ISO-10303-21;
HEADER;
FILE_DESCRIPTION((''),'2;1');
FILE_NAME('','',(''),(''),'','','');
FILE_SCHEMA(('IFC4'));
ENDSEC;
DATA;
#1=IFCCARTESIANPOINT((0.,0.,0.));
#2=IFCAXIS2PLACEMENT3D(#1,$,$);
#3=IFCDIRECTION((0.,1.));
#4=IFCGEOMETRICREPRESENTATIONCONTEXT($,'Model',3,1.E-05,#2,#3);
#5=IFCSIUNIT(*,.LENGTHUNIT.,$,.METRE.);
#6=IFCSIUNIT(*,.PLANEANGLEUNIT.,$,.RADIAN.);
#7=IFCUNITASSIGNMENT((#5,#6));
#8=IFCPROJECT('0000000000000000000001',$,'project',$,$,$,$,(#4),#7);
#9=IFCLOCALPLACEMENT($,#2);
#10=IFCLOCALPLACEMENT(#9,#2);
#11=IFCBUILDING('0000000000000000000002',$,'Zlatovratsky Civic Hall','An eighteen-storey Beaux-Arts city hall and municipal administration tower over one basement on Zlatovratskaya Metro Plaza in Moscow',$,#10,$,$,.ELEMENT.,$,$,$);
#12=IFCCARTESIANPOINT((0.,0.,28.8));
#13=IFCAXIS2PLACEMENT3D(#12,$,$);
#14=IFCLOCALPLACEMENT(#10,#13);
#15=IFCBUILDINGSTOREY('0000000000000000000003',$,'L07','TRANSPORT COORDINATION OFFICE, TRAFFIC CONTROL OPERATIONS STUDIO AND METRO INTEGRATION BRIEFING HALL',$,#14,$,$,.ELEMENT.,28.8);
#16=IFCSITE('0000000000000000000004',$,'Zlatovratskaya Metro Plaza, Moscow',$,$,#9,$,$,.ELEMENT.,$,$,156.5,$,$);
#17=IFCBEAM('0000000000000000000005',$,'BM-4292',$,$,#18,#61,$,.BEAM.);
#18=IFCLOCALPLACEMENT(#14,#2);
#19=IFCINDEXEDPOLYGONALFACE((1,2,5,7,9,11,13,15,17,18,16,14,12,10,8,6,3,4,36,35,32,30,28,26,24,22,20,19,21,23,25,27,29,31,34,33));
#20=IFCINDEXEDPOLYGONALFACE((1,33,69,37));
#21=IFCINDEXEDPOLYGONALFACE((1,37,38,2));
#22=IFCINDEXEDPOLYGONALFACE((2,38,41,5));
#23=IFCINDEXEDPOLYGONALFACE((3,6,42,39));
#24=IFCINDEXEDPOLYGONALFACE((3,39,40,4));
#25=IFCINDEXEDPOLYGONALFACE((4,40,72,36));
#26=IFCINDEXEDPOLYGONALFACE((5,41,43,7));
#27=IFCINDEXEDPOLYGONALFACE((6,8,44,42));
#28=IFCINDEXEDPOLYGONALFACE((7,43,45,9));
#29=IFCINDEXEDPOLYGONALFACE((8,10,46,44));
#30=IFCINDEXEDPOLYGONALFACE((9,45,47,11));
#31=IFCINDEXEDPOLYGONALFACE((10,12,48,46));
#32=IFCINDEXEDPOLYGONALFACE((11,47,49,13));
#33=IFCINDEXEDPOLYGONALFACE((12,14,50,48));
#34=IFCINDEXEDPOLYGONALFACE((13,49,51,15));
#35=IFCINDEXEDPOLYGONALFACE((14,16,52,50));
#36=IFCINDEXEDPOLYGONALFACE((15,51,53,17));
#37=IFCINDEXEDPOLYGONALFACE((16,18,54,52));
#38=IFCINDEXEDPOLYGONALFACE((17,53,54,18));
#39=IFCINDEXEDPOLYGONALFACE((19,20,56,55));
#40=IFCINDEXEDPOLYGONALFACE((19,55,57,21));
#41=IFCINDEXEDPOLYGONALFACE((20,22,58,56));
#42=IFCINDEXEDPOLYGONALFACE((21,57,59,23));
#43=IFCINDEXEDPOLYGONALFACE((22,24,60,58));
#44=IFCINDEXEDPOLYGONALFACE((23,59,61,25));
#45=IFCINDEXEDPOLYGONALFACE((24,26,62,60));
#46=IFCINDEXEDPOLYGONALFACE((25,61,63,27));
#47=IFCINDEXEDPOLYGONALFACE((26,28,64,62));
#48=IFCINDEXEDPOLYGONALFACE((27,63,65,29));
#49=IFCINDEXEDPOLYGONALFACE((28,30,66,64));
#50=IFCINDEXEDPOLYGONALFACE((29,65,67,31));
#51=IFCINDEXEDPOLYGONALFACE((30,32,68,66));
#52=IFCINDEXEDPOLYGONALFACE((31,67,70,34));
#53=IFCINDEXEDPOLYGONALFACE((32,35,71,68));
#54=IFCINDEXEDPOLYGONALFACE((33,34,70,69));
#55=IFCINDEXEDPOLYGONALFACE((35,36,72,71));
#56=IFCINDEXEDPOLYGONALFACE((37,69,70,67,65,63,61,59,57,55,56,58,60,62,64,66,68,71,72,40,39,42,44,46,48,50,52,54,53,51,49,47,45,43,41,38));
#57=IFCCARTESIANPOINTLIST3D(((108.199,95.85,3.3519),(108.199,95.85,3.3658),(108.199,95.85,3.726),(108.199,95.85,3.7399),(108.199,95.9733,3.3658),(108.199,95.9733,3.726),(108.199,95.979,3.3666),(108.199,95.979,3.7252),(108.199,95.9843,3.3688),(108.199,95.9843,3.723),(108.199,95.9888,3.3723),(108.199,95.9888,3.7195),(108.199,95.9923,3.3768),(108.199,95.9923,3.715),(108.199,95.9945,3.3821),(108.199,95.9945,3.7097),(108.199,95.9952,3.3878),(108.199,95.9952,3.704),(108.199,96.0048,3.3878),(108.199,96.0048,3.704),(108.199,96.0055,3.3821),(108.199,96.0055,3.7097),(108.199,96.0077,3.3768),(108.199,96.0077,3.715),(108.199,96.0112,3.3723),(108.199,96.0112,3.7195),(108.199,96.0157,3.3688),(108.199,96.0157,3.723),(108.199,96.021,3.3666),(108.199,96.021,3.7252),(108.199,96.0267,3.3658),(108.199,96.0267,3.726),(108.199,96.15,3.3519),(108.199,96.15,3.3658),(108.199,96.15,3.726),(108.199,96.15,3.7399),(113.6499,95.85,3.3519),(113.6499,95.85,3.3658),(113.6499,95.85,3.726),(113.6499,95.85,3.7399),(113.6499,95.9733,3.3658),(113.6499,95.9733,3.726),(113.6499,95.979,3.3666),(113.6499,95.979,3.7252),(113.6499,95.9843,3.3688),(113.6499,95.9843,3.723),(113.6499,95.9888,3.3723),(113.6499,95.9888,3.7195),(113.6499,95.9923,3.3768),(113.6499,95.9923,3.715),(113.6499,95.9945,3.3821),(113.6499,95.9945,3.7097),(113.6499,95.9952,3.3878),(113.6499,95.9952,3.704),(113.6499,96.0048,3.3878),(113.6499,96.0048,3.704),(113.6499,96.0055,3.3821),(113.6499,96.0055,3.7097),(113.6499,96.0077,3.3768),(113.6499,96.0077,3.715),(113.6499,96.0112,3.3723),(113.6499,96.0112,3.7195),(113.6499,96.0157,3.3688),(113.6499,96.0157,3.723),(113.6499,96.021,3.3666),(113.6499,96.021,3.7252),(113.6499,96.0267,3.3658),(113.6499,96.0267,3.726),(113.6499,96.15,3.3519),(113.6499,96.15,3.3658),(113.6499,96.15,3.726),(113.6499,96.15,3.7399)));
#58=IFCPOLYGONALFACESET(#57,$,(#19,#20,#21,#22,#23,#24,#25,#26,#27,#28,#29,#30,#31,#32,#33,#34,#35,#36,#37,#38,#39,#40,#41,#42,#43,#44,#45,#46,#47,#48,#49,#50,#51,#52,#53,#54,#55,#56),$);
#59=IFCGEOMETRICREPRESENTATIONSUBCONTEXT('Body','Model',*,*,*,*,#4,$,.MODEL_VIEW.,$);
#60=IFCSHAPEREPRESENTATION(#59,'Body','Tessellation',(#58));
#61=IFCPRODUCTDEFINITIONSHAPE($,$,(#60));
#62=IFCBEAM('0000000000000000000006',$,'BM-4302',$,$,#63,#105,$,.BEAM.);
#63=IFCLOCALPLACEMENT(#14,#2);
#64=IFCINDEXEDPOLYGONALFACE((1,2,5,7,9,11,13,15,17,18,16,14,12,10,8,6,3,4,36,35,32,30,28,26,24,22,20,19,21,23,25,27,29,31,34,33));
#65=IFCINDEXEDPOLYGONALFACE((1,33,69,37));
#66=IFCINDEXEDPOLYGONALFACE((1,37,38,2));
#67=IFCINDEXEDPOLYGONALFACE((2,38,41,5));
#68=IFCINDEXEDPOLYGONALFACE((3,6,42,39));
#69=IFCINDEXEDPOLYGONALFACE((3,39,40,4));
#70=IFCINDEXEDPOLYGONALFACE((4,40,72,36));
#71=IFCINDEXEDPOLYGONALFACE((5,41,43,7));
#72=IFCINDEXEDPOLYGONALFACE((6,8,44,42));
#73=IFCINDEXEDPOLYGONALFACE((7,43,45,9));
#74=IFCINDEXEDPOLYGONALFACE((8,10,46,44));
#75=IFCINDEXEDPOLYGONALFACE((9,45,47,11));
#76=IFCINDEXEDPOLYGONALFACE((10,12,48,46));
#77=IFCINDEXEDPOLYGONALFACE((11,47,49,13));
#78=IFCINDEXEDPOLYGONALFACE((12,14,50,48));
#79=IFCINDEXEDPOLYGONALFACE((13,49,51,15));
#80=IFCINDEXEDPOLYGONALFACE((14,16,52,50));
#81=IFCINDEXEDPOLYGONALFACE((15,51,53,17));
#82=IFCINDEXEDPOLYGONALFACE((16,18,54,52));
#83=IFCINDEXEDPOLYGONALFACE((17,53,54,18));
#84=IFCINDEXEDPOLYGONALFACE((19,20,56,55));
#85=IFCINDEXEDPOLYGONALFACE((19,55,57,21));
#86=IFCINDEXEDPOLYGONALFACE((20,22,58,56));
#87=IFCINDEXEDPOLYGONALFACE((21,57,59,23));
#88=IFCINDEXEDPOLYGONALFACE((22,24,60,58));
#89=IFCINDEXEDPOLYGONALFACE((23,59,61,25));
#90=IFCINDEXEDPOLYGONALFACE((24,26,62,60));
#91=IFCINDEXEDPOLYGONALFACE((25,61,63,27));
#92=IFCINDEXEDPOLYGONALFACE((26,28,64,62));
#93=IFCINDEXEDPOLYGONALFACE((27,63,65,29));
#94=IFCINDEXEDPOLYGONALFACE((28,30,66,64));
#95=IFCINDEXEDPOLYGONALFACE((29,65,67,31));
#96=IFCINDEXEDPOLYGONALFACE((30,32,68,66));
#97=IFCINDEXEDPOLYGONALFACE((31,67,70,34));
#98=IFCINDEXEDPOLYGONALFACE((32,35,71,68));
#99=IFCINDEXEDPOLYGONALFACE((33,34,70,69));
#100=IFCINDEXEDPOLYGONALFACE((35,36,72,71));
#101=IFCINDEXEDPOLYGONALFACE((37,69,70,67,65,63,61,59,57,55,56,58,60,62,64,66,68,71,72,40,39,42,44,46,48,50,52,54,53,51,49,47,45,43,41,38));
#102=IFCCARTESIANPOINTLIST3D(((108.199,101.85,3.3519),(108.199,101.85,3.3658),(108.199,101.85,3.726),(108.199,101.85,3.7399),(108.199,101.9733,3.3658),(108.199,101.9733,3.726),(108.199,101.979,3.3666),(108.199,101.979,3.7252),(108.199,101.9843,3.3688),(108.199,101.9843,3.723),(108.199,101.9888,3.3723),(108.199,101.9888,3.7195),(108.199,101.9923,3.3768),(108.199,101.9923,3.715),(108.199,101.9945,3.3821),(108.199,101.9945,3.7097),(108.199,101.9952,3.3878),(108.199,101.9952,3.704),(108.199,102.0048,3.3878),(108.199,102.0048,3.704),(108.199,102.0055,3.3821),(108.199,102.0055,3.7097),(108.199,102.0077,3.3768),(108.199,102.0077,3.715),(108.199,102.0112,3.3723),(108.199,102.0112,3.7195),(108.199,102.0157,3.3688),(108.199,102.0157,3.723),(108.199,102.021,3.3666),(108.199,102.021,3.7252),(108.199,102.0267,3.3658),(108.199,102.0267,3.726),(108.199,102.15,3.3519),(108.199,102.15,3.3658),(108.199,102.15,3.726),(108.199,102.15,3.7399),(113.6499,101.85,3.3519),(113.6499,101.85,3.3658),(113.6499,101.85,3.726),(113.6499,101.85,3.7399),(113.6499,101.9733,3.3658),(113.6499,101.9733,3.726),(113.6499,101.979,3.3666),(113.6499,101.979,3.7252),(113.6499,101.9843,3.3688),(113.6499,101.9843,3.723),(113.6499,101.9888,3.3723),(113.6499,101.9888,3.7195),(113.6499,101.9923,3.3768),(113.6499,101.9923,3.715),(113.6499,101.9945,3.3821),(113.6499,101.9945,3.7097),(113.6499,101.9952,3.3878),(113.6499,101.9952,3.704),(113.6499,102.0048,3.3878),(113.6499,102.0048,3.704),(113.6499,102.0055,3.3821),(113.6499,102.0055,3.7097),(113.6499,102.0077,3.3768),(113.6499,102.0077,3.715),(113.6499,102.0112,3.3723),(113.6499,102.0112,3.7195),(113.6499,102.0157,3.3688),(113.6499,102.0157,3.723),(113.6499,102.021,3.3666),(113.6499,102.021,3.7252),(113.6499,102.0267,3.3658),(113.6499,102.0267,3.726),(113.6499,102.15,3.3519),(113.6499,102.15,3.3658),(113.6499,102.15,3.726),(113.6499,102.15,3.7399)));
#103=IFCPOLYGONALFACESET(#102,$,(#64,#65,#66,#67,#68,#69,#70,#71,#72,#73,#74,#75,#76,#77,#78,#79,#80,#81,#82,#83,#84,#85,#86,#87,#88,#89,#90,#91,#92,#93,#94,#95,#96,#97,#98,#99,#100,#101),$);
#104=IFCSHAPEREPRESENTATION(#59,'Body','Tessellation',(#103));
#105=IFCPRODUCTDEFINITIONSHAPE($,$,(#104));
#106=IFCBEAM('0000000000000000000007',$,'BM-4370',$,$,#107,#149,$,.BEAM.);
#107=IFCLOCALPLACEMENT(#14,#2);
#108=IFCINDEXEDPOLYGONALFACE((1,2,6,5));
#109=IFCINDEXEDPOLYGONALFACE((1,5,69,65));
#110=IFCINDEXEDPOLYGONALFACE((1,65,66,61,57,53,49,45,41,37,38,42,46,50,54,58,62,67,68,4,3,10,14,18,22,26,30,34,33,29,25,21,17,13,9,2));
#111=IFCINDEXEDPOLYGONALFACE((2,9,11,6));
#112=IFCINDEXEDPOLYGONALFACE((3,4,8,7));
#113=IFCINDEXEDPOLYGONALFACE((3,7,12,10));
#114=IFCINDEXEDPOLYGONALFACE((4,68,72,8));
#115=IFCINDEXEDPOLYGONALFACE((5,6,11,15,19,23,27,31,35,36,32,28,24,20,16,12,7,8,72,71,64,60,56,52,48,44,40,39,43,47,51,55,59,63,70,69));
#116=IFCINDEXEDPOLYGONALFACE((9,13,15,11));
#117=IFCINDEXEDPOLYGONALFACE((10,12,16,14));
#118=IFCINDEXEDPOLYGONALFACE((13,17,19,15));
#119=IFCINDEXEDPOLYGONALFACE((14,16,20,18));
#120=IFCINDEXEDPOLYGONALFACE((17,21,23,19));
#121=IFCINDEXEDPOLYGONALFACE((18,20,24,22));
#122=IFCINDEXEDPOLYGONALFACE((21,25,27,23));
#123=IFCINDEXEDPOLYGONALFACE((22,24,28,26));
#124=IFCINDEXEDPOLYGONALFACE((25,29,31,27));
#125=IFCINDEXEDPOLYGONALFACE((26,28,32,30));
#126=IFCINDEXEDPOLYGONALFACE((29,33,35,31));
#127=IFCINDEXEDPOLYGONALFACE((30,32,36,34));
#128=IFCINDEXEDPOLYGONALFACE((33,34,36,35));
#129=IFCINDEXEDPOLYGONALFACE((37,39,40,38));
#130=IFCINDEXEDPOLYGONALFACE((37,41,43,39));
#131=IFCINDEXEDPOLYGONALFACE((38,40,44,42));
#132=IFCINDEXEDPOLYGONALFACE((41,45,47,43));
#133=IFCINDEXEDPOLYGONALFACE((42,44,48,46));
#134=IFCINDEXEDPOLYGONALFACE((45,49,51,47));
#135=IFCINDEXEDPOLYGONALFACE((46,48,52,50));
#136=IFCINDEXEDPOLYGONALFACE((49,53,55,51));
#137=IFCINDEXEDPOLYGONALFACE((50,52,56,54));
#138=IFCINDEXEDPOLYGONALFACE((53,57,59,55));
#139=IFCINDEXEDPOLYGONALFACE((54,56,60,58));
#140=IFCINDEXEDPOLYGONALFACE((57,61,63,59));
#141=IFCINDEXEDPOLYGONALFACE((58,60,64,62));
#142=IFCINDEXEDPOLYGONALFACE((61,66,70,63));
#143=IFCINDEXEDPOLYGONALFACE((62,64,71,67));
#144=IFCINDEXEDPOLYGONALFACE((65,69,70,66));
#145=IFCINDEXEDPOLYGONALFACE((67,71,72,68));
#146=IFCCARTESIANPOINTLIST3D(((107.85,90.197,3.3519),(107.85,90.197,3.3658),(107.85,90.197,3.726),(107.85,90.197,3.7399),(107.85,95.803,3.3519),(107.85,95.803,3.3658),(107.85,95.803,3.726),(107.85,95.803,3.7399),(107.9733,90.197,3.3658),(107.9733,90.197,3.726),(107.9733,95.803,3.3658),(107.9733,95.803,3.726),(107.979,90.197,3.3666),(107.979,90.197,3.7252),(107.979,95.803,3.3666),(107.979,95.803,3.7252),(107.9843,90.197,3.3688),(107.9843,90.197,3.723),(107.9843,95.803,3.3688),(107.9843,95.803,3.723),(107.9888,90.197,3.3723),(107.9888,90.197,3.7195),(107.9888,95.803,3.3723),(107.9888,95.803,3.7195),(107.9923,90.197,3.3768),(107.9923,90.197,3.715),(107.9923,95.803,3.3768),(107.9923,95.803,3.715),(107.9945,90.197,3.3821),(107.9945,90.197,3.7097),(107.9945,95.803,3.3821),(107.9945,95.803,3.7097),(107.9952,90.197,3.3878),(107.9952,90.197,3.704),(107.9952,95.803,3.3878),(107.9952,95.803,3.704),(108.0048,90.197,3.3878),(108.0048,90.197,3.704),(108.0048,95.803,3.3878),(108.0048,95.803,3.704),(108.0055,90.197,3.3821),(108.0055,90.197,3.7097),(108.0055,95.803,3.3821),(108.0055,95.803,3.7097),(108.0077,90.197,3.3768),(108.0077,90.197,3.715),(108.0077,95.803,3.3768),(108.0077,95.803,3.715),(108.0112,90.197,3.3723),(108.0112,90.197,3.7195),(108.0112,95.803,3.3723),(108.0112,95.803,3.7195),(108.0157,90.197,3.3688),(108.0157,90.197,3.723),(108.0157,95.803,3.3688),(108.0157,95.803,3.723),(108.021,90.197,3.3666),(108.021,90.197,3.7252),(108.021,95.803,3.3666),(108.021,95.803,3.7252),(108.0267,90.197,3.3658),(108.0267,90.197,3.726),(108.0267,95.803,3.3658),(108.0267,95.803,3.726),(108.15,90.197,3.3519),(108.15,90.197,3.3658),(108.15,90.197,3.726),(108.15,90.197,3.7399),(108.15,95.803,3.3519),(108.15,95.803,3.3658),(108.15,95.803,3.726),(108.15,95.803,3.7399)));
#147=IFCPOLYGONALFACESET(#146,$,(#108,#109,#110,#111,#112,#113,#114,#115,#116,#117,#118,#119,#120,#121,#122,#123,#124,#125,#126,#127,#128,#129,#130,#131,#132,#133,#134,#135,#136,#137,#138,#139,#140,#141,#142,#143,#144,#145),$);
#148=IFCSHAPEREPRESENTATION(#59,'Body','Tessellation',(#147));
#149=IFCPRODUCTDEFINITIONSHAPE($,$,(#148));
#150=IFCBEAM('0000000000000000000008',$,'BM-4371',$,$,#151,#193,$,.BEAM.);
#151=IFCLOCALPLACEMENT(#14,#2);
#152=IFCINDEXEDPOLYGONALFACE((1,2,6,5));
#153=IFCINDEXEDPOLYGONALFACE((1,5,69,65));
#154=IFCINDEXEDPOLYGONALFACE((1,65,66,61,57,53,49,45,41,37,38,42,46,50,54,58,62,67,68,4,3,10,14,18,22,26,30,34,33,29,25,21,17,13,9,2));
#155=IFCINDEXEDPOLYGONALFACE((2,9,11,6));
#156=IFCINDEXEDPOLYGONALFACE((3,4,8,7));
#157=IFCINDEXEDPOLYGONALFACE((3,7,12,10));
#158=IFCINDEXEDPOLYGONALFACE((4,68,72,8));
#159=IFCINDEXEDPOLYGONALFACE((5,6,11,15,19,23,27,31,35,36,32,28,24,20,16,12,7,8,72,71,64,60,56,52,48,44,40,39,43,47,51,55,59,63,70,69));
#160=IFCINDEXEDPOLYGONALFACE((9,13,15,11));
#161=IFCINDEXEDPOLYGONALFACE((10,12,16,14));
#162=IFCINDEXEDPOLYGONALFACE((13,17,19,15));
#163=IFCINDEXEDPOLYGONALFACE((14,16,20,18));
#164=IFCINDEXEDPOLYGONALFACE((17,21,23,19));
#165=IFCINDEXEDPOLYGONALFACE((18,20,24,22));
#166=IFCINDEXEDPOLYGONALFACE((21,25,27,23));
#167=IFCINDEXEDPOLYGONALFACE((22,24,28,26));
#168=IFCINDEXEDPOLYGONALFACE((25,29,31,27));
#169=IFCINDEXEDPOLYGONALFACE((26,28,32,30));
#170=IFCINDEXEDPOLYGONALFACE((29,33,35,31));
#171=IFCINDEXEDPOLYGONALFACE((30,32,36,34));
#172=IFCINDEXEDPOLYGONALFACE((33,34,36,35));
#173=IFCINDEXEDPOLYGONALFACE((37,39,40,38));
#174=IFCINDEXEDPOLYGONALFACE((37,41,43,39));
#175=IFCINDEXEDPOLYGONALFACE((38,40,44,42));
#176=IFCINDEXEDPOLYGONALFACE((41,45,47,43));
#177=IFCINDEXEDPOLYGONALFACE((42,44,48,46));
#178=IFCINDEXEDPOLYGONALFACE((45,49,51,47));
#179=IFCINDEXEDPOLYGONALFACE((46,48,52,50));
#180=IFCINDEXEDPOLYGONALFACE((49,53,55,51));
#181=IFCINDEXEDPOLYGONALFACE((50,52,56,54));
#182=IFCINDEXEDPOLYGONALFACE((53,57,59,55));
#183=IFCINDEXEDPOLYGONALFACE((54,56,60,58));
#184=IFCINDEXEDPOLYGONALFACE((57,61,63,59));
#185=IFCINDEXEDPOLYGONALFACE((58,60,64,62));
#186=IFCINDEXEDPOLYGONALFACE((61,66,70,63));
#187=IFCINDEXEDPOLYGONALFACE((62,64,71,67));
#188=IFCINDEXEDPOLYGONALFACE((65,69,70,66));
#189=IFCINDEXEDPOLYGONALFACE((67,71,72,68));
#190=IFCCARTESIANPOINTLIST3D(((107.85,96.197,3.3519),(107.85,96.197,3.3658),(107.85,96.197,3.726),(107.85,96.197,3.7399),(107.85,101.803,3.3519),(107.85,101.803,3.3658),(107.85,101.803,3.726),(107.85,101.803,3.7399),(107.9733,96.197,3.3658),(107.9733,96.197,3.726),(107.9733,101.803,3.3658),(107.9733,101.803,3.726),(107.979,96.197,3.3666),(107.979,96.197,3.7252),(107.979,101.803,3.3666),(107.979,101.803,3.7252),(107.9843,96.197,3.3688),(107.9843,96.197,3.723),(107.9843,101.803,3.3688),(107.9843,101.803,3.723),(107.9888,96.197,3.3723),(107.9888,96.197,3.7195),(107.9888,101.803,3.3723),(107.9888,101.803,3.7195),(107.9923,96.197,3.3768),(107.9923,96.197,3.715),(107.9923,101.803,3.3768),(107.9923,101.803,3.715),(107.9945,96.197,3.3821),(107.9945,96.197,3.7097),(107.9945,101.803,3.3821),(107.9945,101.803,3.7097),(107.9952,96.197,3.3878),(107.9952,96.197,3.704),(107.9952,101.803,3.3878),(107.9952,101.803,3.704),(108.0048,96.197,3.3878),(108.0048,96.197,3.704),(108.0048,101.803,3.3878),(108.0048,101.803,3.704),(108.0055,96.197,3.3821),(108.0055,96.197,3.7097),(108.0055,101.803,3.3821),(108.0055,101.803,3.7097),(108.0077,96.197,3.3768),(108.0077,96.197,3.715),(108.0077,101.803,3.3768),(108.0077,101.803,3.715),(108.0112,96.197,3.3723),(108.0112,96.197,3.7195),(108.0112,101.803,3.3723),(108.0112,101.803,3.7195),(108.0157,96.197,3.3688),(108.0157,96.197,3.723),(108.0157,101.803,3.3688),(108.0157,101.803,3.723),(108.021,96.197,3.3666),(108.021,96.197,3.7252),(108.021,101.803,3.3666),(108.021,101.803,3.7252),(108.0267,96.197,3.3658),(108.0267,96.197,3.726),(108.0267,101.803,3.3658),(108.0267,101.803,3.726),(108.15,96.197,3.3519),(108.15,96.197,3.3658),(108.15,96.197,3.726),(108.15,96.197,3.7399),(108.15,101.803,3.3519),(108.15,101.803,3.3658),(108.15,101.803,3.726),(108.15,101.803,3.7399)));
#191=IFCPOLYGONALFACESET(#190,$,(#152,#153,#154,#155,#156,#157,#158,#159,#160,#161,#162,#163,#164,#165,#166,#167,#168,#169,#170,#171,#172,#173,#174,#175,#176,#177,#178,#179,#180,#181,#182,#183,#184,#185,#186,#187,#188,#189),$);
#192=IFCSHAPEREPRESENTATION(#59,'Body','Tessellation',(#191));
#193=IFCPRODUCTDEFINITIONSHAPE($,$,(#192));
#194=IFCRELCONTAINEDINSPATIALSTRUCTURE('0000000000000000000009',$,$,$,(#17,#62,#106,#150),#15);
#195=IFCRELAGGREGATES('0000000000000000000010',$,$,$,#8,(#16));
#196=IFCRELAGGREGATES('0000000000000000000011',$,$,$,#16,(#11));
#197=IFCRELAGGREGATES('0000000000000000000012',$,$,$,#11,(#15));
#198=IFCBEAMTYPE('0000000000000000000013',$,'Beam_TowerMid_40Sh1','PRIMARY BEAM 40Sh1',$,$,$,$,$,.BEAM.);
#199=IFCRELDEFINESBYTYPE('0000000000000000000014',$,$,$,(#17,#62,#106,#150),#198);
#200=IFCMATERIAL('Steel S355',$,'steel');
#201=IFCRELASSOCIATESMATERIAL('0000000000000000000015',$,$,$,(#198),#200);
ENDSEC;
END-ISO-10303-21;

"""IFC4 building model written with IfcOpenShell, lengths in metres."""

from ifc_helpers import new_model, si_unit, direction, frame, origin, origin_2d, place, context, subcontext, project, spatial, i_section, extrude, material, material_profile, profile_set, type_object, element, save


model = new_model("IFC4")

# Units and contexts
model_context = context("Model", 3, precision=1e-05, world=origin(), true_north=direction((0.0, 1.0)))
body_context = subcontext(model_context, "Body", "Model", "MODEL_VIEW")
ifc_project = project(units=[si_unit("LENGTHUNIT", "METRE"), si_unit("PLANEANGLEUNIT", "RADIAN")], contexts=[model_context])

# Site, building, storey
site_placement = place(None, origin())
site = spatial("IfcSite", under=ifc_project, at=site_placement, Name="Zlatovratskaya Metro Plaza, Moscow", CompositionType="ELEMENT", RefElevation=156.5)
building_placement = place(site_placement, origin())
building = spatial("IfcBuilding", under=site, at=building_placement, Name="Zlatovratsky Civic Hall", Description="An eighteen-storey Beaux-Arts city hall and municipal administration tower over one basement on Zlatovratskaya Metro Plaza in Moscow", CompositionType="ELEMENT")
storey_placement = place(building_placement, frame((0.0, 0.0, 28.8)))
storey = spatial("IfcBuildingStorey", under=building, at=storey_placement, Name="L07", Description="TRANSPORT COORDINATION OFFICE, TRAFFIC CONTROL OPERATIONS STUDIO AND METRO INTEGRATION BRIEFING HALL", CompositionType="ELEMENT", Elevation=28.8)

# Shared definitions
ifc_material_1 = material(Name="Steel S355", Category="steel")

# Beams
ifc_material_profile_1 = material_profile(ifc_material_1, i_section(OverallWidth=0.3, OverallDepth=0.3879, WebThickness=0.0095, FlangeThickness=0.0139, FilletRadius=0.022, at=origin_2d()), Name="40Sh1")
ifc_profile_set_1 = profile_set([ifc_material_profile_1], Name="Steel S355")
beam_type_1 = type_object("IfcBeamType", Name="Beam_TowerMid_40Sh1", Description="PRIMARY BEAM 40Sh1", PredefinedType="BEAM", material=ifc_profile_set_1)
for number, where, z_axis, x_axis, name in (
    (1, (108.199, 96.0, 3.5459), (1.0, 0.0, 0.0), (0.0, 1.0, 0.0), "BM-4292"),
    (2, (108.199, 102.0, 3.5459), (1.0, 0.0, 0.0), (0.0, 1.0, 0.0), "BM-4302"),
):
    element("IfcBeam", number, at=place(storey_placement, frame(where, z_axis=z_axis, x_axis=x_axis)), inside=storey, type_object=beam_type_1, Name=name, PredefinedType="BEAM", context=body_context, shape_type="SweptSolid", body=[
        extrude(i_section(OverallWidth=0.3, OverallDepth=0.3879, WebThickness=0.0095, FlangeThickness=0.0139, FilletRadius=0.022, at=origin_2d()), origin(), (0.0, 0.0, 1.0), 5.4509),
    ])
for number, where, z_axis, x_axis, name in (
    (3, (108.0, 90.197, 3.5459), (0.0, 1.0, 0.0), (-1.0, 0.0, 0.0), "BM-4370"),
    (4, (108.0, 96.197, 3.5459), (0.0, 1.0, 0.0), (-1.0, 0.0, 0.0), "BM-4371"),
):
    element("IfcBeam", number, at=place(storey_placement, frame(where, z_axis=z_axis, x_axis=x_axis)), inside=storey, type_object=beam_type_1, Name=name, PredefinedType="BEAM", context=body_context, shape_type="SweptSolid", body=[
        extrude(i_section(OverallWidth=0.3, OverallDepth=0.3879, WebThickness=0.0095, FlangeThickness=0.0139, FilletRadius=0.022, at=origin_2d()), origin(), (0.0, 0.0, 1.0), 5.606),
    ])

save(model, "model.ifc")
